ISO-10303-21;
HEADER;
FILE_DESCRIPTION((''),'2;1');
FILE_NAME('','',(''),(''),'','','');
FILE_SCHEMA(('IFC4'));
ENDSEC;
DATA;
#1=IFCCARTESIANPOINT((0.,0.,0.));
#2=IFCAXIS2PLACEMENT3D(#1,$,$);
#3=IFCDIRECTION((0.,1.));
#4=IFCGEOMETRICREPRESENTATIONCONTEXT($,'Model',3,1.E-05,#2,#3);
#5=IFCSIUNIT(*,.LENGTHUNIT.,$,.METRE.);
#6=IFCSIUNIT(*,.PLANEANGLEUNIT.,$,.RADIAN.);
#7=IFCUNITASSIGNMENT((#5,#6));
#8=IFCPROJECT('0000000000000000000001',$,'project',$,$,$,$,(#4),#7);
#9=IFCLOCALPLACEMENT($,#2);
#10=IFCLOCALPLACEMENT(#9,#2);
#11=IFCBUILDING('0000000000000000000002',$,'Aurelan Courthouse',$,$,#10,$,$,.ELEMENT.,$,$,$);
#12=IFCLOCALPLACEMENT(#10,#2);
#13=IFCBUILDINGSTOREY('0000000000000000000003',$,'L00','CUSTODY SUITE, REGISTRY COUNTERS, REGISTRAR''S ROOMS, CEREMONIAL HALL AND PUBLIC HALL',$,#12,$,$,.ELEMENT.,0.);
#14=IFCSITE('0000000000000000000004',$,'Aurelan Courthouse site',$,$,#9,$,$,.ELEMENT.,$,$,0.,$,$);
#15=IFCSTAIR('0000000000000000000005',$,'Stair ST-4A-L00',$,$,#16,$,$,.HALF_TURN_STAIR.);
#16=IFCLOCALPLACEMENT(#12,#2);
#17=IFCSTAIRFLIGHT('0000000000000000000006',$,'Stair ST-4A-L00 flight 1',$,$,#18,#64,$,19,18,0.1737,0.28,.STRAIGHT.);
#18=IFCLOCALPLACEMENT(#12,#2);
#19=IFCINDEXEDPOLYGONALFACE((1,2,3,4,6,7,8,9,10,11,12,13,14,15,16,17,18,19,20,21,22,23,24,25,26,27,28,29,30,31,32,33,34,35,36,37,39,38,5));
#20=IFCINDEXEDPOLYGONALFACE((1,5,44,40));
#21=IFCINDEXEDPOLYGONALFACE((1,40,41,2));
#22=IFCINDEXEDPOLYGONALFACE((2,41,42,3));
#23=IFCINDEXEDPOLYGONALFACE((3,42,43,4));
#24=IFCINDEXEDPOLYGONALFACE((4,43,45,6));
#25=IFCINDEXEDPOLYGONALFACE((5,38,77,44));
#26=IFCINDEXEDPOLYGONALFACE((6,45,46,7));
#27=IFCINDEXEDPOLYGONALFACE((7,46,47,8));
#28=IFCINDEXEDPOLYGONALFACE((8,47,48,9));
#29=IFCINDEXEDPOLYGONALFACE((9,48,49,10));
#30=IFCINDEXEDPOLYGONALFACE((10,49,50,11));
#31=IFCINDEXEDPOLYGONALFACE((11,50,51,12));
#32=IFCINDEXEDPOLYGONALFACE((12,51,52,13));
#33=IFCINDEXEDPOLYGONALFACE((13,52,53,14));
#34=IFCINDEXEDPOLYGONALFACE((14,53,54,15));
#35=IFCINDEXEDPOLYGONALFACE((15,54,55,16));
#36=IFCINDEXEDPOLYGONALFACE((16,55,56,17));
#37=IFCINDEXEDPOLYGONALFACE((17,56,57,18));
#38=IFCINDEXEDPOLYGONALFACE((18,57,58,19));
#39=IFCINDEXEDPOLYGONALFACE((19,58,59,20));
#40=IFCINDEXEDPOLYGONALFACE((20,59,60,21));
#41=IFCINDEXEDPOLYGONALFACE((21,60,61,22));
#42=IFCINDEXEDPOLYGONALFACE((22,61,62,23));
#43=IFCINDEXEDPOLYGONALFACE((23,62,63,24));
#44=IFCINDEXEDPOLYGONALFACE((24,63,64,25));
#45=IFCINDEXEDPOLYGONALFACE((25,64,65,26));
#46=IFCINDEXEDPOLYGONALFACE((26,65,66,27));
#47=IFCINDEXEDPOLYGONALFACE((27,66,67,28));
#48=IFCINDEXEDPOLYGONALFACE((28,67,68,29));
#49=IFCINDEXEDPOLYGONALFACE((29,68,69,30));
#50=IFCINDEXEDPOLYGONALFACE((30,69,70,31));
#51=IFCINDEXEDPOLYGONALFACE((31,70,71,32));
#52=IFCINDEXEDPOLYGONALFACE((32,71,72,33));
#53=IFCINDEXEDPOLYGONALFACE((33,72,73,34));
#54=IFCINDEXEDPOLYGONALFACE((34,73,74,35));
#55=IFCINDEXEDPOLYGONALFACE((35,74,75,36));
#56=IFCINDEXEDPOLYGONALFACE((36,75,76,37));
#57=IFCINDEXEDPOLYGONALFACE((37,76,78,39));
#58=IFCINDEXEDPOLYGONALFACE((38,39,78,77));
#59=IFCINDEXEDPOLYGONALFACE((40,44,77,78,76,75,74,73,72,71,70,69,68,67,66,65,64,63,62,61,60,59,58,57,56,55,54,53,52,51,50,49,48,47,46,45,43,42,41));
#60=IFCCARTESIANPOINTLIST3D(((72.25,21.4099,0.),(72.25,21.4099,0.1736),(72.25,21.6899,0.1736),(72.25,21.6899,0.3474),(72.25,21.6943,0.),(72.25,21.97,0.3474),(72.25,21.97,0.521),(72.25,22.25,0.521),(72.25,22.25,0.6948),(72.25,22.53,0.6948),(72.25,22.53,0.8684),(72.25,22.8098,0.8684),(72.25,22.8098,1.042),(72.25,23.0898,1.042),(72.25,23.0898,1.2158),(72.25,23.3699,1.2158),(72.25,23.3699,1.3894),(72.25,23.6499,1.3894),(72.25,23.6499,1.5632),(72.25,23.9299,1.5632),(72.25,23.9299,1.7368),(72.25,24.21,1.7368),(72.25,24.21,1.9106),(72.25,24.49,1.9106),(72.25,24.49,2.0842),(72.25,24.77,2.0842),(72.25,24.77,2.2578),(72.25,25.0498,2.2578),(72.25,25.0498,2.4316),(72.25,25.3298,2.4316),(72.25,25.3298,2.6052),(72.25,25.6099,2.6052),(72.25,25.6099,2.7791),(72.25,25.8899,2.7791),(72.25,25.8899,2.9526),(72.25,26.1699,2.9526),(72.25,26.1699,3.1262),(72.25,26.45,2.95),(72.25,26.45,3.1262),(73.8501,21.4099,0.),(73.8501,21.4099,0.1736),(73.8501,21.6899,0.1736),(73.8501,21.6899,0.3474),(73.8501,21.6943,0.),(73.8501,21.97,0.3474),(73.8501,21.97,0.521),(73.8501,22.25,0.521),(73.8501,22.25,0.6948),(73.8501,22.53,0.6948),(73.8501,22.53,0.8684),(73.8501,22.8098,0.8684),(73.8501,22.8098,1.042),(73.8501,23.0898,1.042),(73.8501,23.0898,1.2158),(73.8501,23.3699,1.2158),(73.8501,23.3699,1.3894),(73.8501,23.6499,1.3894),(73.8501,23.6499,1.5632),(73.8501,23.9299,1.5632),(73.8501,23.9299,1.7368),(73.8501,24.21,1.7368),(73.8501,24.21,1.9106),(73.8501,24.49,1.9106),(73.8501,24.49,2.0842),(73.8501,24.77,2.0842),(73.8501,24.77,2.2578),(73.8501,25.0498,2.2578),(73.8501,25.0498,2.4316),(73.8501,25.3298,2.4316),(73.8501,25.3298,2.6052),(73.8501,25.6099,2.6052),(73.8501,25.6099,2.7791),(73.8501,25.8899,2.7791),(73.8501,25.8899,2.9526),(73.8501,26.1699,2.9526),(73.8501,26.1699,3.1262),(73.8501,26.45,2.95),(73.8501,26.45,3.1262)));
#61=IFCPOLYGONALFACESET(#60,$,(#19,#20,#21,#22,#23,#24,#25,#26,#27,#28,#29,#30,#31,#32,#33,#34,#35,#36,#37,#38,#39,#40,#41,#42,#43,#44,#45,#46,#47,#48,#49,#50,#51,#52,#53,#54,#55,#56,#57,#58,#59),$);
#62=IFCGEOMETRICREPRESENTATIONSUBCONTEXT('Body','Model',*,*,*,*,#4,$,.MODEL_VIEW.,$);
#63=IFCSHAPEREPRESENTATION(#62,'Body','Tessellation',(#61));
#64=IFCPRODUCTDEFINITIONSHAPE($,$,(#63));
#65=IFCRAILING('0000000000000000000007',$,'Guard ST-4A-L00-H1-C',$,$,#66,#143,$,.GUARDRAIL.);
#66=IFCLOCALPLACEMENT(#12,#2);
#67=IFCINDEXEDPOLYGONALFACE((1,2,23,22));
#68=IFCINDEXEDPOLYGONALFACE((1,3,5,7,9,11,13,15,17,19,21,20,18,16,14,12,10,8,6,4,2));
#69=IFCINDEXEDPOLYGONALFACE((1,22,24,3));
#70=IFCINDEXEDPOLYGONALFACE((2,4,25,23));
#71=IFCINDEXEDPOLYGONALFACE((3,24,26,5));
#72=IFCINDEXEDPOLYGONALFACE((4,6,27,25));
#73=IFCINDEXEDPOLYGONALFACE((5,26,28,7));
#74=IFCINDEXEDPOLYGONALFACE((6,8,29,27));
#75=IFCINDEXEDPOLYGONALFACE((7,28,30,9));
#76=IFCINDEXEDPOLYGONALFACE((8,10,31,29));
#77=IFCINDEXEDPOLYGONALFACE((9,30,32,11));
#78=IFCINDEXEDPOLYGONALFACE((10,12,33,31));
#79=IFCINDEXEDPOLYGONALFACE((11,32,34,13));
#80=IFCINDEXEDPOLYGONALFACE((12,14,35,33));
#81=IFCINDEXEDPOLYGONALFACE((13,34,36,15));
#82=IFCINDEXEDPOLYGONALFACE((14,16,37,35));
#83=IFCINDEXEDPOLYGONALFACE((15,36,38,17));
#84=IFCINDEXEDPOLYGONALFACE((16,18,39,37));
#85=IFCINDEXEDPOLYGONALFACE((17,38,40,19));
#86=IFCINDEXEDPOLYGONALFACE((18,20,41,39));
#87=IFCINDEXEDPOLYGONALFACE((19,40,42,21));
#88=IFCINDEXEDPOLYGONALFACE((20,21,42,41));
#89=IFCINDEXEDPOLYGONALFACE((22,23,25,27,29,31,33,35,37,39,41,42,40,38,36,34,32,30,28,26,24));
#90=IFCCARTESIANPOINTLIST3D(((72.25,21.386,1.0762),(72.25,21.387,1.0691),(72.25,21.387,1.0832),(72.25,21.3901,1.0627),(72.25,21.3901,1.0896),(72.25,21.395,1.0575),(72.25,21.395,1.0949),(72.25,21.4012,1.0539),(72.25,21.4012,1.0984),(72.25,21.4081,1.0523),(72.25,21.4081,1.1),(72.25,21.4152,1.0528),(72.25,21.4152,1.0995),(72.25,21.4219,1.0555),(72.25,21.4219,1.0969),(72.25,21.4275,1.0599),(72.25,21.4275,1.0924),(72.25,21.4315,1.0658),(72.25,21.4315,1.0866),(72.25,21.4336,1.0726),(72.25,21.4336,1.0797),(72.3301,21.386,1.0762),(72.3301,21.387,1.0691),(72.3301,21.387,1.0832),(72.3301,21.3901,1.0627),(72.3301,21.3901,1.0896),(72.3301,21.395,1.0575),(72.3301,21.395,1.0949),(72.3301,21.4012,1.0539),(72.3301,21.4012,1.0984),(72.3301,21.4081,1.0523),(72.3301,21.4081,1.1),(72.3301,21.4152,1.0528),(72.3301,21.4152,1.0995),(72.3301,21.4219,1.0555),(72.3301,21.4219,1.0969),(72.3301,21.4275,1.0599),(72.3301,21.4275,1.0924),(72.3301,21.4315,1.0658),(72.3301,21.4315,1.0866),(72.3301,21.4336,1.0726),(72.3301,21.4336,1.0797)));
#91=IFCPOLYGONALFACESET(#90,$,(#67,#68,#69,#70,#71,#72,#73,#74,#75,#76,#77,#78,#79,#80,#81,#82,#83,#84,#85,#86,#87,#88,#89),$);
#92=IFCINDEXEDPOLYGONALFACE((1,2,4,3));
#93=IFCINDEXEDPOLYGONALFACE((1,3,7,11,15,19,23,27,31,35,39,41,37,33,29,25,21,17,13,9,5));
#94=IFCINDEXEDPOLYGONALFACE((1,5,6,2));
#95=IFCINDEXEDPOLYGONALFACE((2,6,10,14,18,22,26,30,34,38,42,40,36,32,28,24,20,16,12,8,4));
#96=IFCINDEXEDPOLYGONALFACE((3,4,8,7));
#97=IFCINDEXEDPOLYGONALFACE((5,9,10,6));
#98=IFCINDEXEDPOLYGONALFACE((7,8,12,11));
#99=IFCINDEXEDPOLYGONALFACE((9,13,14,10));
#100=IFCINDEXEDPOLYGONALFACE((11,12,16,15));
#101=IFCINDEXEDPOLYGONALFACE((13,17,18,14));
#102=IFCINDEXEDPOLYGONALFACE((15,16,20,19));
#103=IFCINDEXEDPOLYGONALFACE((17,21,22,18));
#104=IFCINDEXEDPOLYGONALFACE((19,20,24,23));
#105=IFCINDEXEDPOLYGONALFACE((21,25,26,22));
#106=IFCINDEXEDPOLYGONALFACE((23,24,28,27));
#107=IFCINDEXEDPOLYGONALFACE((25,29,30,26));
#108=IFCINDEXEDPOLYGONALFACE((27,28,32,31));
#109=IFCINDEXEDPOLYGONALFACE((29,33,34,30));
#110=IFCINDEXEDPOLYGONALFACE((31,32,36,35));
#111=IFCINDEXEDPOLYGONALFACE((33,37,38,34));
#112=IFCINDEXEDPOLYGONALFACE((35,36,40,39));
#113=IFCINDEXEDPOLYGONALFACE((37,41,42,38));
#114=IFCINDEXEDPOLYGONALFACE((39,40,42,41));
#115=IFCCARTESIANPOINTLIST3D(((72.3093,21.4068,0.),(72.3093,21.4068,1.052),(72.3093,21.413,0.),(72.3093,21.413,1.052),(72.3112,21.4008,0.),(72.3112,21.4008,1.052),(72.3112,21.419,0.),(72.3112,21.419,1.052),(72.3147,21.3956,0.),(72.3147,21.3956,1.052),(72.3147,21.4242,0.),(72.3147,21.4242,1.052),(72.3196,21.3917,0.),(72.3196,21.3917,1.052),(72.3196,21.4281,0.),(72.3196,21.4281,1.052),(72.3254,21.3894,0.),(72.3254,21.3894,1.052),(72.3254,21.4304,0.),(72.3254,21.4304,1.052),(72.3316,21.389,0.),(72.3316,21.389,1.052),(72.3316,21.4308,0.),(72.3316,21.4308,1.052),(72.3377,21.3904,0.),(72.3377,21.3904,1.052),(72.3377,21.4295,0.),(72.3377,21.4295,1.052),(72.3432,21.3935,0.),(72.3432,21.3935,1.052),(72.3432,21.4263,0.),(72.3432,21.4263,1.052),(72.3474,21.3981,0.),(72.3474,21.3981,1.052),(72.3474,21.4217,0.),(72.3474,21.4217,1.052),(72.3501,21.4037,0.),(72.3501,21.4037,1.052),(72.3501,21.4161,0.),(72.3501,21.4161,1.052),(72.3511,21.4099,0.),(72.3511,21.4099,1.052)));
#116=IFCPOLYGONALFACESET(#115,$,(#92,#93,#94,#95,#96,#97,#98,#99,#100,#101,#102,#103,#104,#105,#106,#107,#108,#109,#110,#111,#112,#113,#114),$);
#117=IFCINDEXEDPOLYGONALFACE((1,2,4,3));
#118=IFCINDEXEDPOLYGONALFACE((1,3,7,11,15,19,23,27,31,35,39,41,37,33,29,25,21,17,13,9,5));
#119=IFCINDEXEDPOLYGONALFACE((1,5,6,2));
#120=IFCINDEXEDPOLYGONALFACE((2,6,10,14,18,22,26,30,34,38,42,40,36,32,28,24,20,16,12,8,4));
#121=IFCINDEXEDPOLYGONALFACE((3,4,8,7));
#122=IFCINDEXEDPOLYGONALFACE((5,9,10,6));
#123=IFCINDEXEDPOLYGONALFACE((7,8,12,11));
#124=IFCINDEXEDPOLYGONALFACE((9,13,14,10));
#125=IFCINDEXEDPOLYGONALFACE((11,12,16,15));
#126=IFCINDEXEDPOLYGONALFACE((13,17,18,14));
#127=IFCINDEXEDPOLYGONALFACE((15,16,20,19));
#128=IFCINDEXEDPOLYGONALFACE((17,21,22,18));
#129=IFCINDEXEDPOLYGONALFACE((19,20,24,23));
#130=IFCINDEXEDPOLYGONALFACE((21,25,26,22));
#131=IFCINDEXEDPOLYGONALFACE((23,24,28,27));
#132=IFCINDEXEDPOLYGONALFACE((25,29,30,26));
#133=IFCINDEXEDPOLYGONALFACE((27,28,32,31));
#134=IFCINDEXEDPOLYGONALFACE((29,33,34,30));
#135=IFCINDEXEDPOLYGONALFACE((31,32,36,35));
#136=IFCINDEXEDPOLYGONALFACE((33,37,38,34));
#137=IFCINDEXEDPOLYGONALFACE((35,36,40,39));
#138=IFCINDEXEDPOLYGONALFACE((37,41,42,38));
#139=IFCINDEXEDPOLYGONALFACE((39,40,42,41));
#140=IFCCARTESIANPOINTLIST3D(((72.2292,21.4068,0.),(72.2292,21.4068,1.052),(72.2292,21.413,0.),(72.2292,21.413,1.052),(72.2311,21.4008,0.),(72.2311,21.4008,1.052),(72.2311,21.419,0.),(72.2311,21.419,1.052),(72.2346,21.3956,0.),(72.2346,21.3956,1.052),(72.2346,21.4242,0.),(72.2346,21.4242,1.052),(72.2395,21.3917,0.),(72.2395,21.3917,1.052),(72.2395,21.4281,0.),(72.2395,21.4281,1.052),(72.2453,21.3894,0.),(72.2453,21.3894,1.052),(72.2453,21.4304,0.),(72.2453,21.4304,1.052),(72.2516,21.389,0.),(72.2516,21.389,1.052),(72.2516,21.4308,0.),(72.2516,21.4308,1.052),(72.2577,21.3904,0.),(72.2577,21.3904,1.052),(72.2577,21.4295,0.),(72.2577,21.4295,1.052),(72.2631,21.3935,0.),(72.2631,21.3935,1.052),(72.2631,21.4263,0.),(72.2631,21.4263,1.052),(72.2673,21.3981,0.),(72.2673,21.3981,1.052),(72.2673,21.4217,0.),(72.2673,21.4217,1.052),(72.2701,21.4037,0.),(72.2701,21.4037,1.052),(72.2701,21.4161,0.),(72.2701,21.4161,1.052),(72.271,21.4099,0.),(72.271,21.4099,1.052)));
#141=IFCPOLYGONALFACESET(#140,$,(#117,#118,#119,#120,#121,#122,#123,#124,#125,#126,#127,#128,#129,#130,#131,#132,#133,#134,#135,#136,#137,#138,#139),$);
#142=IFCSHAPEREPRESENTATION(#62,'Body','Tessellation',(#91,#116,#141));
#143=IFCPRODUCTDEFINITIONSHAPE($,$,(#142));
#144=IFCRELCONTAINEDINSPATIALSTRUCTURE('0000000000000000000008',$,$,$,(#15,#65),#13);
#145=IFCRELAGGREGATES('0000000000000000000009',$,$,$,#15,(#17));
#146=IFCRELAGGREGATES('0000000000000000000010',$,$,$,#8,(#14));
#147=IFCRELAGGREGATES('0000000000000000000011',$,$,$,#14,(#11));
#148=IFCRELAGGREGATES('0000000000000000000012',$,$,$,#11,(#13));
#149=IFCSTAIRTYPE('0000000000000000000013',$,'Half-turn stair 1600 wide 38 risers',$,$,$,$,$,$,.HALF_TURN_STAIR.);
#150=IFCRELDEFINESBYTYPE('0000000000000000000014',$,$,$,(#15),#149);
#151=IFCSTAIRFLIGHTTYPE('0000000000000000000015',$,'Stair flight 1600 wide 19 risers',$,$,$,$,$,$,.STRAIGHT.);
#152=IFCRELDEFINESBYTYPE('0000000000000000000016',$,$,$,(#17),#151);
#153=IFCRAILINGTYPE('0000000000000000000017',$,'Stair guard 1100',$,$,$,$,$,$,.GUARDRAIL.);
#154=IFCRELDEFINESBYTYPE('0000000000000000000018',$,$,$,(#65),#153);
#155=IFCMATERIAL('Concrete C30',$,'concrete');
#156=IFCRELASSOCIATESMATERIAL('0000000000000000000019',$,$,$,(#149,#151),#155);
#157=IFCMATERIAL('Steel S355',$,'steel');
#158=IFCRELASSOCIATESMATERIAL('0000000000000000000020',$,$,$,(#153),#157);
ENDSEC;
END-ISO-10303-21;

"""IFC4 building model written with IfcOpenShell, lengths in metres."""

from ifc_helpers import new_model, si_unit, direction, frame, origin, origin_2d, place, context, subcontext, project, spatial, polyline, circle, outline, extrude, material, type_object, element, aggregate, save


model = new_model("IFC4")

# Units and contexts
model_context = context("Model", 3, precision=1e-05, world=origin(), true_north=direction((0.0, 1.0)))
body_context = subcontext(model_context, "Body", "Model", "MODEL_VIEW")
ifc_project = project(units=[si_unit("LENGTHUNIT", "METRE"), si_unit("PLANEANGLEUNIT", "RADIAN")], contexts=[model_context])

# Site, building, storey
site_placement = place(None, origin())
site = spatial("IfcSite", under=ifc_project, at=site_placement, Name="Aurelan Courthouse site", CompositionType="ELEMENT", RefElevation=0.0)
building_placement = place(site_placement, origin())
building = spatial("IfcBuilding", under=site, at=building_placement, Name="Aurelan Courthouse", CompositionType="ELEMENT")
storey_placement = place(building_placement, origin())
storey = spatial("IfcBuildingStorey", under=building, at=storey_placement, Name="L00", Description="CUSTODY SUITE, REGISTRY COUNTERS, REGISTRAR'S ROOMS, CEREMONIAL HALL AND PUBLIC HALL", CompositionType="ELEMENT", Elevation=0.0)

# Shared definitions
ifc_material_1 = material(Name="Concrete C30", Category="concrete")

# Stair, stair flight
stair_type = type_object("IfcStairType", Name="Half-turn stair 1600 wide 38 risers", PredefinedType="HALF_TURN_STAIR", material=ifc_material_1)
stair_placement = place(storey_placement, origin())
stair = element("IfcStair", 1, at=stair_placement, inside=storey, type_object=stair_type, Name="Stair ST-4A-L00", PredefinedType="HALF_TURN_STAIR")
stair_flight_type = type_object("IfcStairFlightType", Name="Stair flight 1600 wide 19 risers", PredefinedType="STRAIGHT", material=ifc_material_1)
stair_flight_placement = place(storey_placement, frame((73.05, 21.4099, 0.0), z_axis=(0.0, 0.0, 1.0), x_axis=(0.0, 1.0, 0.0)))
stair_flight = element("IfcStairFlight", 2, at=stair_flight_placement, type_object=stair_flight_type, Name="Stair ST-4A-L00 flight 1", NumberOfRisers=19, NumberOfTreads=18, PredefinedType="STRAIGHT", RiserHeight=0.1737, TreadLength=0.28, context=body_context, shape_type="SweptSolid", body=[
    extrude(outline(polyline([(0.0, 0.0), (0.0, 0.1736), (0.28, 0.1736), (0.28, 0.3474), (0.5601, 0.3474), (0.5601, 0.521), (0.8401, 0.521), (0.8401, 0.6948), (1.1201, 0.6948), (1.1201, 0.8684), (1.3999, 0.8684), (1.3999, 1.042), (1.6799, 1.042), (1.6799, 1.2158), (1.96, 1.2158), (1.96, 1.3894), (2.24, 1.3894), (2.24, 1.5632), (2.52, 1.5632), (2.52, 1.7368), (2.8, 1.7368), (2.8, 1.9106), (3.0801, 1.9106), (3.0801, 2.0842), (3.3601, 2.0842), (3.3601, 2.2578), (3.6399, 2.2578), (3.6399, 2.4316), (3.9199, 2.4316), (3.9199, 2.6052), (4.2, 2.6052), (4.2, 2.7791), (4.48, 2.7791), (4.48, 2.9526), (4.76, 2.9526), (4.76, 3.1262), (5.04, 3.1262), (5.04, 3.3), (5.04, 2.95), (0.2844, 0.0), (0.0, 0.0)])), frame((0.0, 0.8, 0.0), z_axis=(0.0, -1.0, 0.0), x_axis=(1.0, 0.0, 0.0)), (0.0, 0.0, 1.0), 1.6001),
])
aggregate(stair, [stair_flight])

# Railing
ifc_material_2 = material(Name="Steel S355", Category="steel")
railing_type_1 = type_object("IfcRailingType", Name="Stair guard 1100", PredefinedType="GUARDRAIL", material=ifc_material_2)
railing_placement = place(storey_placement, frame((72.3301, 21.4099, 0.0)))
element("IfcRailing", 3, at=railing_placement, inside=storey, type_object=railing_type_1, Name="Guard ST-4A-L00-H1-C", PredefinedType="GUARDRAIL", context=body_context, shape_type="SweptSolid", body=[
    extrude(circle(Radius=0.0239, at=origin_2d()), frame((0.0, 0.0, 1.0762), z_axis=(-1.0, 0.0, 0.0), x_axis=(0.0, -1.0, 0.0)), (0.0, 0.0, 1.0), 0.0801),
    extrude(circle(Radius=0.021, at=origin_2d()), origin(), (0.0, 0.0, 1.0), 1.052),
    extrude(circle(Radius=0.021, at=origin_2d()), frame((-0.0801, 0.0, 0.0)), (0.0, 0.0, 1.0), 1.052),
])

save(model, "model.ifc")
